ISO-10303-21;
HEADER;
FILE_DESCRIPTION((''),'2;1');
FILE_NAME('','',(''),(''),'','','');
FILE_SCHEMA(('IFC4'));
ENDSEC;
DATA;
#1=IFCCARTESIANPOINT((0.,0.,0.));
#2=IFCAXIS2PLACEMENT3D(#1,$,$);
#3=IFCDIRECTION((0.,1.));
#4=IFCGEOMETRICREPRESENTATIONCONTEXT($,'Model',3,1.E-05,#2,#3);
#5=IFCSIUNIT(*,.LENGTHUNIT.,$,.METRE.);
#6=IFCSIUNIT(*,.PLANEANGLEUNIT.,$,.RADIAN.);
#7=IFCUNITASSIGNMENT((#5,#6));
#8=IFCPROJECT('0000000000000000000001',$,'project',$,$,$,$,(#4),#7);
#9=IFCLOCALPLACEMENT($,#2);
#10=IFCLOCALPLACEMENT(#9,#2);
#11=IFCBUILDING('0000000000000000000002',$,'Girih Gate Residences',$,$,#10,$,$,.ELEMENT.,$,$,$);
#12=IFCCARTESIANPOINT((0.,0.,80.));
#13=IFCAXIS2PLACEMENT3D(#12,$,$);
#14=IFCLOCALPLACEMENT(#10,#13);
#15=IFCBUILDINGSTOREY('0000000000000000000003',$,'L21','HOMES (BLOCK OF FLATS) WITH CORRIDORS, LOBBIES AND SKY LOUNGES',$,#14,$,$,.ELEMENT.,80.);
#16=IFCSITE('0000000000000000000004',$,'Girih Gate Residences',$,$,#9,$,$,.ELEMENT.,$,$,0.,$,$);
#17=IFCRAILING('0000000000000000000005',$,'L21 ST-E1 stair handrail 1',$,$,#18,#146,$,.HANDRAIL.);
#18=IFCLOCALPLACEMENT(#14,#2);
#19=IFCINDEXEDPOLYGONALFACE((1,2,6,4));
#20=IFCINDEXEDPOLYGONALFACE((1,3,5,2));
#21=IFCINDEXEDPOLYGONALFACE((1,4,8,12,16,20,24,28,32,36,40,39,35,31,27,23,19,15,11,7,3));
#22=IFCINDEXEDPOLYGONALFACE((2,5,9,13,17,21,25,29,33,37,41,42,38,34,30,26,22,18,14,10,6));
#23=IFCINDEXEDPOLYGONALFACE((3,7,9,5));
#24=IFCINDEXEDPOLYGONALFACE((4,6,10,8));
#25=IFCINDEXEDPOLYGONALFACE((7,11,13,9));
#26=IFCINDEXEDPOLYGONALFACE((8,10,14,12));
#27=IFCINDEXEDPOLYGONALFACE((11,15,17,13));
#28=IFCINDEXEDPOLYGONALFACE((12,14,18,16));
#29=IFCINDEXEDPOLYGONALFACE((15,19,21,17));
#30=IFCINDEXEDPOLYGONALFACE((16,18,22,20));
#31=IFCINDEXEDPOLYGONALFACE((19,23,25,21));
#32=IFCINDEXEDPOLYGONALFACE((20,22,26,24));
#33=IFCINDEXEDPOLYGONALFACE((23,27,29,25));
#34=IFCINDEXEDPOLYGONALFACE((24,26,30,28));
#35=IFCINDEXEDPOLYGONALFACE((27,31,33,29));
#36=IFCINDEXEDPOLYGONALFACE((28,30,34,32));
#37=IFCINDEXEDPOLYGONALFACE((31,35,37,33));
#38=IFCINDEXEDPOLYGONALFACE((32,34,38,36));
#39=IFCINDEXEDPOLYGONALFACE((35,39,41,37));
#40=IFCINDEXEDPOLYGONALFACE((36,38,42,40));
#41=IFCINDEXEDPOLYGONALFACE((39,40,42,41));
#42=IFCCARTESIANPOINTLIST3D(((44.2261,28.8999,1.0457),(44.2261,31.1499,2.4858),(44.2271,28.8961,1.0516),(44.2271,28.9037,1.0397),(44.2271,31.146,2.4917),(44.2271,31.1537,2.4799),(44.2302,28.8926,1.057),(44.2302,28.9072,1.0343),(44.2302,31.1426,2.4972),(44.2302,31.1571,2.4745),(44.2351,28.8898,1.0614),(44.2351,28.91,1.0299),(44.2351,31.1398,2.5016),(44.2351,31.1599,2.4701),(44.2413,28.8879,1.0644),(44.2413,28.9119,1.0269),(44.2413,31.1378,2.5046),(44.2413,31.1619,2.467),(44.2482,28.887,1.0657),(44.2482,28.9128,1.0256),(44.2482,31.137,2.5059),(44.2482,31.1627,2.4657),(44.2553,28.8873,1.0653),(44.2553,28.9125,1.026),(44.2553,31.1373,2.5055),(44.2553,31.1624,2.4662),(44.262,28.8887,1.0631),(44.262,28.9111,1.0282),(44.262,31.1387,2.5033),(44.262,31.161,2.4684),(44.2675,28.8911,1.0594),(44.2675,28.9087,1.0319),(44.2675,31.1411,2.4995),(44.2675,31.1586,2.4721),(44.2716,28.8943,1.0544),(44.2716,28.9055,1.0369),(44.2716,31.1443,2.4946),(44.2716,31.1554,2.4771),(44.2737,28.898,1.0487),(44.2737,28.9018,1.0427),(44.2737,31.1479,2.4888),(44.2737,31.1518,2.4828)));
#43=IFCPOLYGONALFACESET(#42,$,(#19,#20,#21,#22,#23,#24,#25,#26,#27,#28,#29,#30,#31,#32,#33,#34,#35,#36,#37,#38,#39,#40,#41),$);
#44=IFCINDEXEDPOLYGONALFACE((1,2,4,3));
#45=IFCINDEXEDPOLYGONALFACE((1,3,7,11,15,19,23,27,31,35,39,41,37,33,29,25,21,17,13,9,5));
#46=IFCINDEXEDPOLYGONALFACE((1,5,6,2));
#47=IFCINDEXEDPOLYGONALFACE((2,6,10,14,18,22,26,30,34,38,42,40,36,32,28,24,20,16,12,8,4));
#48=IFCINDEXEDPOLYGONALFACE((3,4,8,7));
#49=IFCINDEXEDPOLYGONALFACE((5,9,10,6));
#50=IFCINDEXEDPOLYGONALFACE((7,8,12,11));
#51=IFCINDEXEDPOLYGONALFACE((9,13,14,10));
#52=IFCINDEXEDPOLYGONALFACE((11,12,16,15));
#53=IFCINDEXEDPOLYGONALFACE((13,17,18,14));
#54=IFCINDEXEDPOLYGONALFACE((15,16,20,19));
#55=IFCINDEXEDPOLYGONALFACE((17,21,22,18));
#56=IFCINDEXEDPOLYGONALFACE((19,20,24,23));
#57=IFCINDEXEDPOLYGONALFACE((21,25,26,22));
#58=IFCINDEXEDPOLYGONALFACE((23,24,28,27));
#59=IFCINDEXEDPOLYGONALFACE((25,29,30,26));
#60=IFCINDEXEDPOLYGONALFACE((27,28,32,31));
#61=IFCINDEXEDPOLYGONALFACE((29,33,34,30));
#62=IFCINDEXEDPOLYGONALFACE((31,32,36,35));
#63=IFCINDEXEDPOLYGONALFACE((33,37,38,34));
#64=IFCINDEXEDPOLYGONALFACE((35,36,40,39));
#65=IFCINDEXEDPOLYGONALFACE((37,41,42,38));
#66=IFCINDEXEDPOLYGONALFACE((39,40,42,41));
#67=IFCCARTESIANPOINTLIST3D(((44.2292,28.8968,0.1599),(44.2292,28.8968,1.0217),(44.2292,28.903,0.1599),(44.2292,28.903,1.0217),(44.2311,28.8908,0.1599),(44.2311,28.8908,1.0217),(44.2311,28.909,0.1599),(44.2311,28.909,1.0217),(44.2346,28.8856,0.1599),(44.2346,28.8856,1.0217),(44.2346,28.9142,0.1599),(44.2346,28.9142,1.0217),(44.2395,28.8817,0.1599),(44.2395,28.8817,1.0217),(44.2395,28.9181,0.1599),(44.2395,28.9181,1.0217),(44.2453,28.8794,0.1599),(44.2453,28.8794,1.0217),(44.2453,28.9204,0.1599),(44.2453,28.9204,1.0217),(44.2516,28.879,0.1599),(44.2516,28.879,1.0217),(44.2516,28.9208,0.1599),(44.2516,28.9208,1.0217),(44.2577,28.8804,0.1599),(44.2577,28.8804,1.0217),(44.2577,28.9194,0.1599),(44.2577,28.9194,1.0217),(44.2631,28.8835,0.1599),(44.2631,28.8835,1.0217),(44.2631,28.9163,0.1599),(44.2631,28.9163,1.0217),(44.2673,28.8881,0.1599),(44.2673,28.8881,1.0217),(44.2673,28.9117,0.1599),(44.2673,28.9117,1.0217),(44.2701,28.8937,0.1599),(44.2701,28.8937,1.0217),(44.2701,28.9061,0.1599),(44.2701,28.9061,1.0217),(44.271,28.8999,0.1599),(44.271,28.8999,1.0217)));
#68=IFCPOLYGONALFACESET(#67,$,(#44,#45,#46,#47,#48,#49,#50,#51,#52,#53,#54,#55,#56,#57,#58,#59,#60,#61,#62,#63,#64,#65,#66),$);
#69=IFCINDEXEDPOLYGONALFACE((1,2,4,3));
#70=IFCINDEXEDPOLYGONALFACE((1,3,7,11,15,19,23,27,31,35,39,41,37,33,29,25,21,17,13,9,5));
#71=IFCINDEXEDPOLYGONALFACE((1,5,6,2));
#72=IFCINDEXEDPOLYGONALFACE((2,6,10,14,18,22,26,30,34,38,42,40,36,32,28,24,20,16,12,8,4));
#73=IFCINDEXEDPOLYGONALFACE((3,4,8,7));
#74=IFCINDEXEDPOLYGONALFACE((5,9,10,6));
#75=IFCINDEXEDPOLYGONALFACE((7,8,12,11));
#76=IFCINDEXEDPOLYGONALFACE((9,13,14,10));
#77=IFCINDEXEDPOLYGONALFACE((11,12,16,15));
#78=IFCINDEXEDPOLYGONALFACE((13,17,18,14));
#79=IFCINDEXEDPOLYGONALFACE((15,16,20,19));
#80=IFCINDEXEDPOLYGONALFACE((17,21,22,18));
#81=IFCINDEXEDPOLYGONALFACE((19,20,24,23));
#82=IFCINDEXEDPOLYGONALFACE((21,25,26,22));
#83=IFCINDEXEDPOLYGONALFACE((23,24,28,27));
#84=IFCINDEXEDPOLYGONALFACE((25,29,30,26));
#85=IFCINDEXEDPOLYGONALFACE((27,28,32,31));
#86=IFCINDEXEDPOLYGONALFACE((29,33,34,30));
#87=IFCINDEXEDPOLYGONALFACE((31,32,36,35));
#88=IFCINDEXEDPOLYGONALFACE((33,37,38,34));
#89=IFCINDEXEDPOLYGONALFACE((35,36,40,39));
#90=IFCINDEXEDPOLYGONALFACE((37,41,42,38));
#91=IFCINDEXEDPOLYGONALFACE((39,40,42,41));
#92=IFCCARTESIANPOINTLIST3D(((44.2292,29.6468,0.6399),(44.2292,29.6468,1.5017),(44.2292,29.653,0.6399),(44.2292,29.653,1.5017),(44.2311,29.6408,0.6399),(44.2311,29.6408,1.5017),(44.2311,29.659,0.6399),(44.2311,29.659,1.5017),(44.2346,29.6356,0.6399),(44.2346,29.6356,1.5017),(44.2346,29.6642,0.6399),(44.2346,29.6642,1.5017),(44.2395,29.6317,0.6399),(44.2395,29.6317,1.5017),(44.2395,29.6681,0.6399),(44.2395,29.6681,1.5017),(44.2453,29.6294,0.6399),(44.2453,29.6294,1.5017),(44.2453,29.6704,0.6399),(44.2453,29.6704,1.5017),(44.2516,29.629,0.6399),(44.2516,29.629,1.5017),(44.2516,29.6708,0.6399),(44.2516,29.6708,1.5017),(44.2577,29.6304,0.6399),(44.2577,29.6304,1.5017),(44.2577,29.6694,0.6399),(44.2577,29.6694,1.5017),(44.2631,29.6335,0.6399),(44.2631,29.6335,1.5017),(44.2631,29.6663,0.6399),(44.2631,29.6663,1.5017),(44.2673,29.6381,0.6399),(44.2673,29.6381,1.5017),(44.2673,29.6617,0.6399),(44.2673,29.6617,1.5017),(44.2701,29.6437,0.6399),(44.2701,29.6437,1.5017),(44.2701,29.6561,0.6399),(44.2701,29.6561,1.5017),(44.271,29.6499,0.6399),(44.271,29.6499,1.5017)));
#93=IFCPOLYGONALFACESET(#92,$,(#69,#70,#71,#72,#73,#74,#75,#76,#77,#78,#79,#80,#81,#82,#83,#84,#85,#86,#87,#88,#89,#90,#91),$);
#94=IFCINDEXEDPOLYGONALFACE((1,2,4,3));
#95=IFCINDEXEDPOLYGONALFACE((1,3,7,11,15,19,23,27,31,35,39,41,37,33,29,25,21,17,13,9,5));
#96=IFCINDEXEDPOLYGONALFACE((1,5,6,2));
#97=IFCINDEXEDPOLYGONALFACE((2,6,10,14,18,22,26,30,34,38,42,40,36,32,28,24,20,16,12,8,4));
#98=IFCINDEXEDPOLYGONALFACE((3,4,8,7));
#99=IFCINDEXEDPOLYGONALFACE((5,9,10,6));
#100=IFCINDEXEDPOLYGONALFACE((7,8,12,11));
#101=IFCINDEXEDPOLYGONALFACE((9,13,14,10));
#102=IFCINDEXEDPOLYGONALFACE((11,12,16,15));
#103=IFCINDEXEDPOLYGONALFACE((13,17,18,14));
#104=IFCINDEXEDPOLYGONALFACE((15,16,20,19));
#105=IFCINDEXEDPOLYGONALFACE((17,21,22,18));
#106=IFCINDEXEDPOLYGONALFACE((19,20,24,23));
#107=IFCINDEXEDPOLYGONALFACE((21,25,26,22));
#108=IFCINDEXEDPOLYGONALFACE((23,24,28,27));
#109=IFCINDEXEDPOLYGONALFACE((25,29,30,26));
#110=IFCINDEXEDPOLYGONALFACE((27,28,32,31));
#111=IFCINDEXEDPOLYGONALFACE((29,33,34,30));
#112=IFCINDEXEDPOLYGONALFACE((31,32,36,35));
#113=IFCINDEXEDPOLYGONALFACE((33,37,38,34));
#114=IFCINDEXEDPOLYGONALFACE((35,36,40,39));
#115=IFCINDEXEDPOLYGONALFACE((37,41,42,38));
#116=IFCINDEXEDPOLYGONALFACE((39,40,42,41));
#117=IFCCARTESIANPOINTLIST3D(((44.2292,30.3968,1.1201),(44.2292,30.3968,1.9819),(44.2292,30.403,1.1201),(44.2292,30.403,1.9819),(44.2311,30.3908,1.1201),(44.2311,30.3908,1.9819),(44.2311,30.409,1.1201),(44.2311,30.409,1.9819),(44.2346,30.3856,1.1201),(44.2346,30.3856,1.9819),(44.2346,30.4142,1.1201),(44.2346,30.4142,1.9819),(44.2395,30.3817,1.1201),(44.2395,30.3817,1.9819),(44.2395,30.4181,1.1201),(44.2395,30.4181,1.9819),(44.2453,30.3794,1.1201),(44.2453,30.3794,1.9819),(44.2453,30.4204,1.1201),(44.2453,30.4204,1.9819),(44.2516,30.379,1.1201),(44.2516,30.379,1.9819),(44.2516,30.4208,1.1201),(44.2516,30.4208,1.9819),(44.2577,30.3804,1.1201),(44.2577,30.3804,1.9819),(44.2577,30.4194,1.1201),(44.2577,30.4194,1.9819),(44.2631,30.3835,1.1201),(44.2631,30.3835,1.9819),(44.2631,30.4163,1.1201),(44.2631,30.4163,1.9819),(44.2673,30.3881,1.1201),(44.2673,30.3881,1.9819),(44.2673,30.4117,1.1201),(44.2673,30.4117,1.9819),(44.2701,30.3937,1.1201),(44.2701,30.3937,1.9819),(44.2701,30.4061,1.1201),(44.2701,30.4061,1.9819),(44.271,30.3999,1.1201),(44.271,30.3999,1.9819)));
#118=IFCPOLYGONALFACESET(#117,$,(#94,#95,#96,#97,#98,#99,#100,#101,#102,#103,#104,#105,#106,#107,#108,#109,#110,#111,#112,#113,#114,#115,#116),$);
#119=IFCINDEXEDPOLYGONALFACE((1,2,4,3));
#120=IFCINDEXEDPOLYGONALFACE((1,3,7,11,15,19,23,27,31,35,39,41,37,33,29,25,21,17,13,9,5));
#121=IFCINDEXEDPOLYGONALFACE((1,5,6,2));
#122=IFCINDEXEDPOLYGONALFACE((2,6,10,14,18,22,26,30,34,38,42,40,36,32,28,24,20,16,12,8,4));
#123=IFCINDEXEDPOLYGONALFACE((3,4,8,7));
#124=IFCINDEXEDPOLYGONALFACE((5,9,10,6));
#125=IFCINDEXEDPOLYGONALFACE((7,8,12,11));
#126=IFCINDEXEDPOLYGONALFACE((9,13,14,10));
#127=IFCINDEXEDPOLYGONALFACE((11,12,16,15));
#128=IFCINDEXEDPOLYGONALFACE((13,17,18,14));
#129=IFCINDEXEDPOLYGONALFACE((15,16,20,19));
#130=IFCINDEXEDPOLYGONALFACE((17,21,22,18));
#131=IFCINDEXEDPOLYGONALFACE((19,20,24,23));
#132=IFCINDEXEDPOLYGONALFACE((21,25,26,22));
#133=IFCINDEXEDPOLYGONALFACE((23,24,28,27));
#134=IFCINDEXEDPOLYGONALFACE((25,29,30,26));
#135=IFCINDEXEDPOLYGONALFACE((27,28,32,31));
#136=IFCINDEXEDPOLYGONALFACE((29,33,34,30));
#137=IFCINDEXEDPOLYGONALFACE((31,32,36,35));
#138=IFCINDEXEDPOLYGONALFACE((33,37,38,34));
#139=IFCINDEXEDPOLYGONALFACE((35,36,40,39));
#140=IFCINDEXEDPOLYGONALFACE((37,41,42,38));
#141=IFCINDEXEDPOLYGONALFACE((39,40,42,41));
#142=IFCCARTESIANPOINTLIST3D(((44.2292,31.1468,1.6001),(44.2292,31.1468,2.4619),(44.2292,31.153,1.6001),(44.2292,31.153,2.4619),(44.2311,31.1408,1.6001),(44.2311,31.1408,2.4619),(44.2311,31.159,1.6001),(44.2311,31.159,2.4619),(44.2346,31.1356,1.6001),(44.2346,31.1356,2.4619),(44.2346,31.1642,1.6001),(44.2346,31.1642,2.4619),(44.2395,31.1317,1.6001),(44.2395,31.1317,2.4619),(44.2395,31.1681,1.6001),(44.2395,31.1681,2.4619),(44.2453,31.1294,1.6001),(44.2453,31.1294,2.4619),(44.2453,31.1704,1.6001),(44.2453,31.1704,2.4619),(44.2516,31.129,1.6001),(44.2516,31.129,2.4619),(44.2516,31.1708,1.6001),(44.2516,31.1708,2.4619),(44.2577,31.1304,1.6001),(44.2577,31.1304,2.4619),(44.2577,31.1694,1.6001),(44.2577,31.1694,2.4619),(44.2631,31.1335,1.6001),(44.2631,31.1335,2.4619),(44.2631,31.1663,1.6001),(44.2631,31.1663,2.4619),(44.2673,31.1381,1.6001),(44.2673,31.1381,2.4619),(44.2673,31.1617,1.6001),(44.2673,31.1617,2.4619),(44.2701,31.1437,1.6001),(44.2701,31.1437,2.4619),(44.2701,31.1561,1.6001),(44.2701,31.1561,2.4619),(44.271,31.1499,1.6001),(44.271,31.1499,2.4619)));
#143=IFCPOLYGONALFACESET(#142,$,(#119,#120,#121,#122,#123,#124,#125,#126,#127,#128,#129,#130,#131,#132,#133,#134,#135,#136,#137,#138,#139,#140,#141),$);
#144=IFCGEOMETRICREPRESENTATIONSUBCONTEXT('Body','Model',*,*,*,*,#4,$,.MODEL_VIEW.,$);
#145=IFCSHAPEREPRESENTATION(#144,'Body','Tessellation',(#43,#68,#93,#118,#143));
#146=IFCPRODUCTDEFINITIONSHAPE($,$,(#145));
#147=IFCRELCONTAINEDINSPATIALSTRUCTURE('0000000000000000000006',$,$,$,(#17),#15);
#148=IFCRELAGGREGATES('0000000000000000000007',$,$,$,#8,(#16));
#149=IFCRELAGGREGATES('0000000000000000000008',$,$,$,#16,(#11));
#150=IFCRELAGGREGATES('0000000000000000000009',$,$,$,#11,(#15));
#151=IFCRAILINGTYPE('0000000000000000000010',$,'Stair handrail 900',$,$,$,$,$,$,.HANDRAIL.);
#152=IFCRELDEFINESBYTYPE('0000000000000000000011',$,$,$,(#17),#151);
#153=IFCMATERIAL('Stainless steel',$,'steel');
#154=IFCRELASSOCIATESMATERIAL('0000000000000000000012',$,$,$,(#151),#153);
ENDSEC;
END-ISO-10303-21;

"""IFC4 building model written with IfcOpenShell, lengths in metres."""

from ifc_helpers import new_model, si_unit, direction, frame, origin, origin_2d, place, context, subcontext, project, spatial, circle, extrude, material, type_object, element, save


model = new_model("IFC4")

# Units and contexts
model_context = context("Model", 3, precision=1e-05, world=origin(), true_north=direction((0.0, 1.0)))
body_context = subcontext(model_context, "Body", "Model", "MODEL_VIEW")
ifc_project = project(units=[si_unit("LENGTHUNIT", "METRE"), si_unit("PLANEANGLEUNIT", "RADIAN")], contexts=[model_context])

# Site, building, storey
site_placement = place(None, origin())
site = spatial("IfcSite", under=ifc_project, at=site_placement, Name="Girih Gate Residences", CompositionType="ELEMENT", RefElevation=0.0)
building_placement = place(site_placement, origin())
building = spatial("IfcBuilding", under=site, at=building_placement, Name="Girih Gate Residences", CompositionType="ELEMENT")
storey_placement = place(building_placement, frame((0.0, 0.0, 80.0)))
storey = spatial("IfcBuildingStorey", under=building, at=storey_placement, Name="L21", Description="HOMES (BLOCK OF FLATS) WITH CORRIDORS, LOBBIES AND SKY LOUNGES", CompositionType="ELEMENT", Elevation=80.0)

# Railing
ifc_material_1 = material(Name="Stainless steel", Category="steel")
railing_type_1 = type_object("IfcRailingType", Name="Stair handrail 900", PredefinedType="HANDRAIL", material=ifc_material_1)
railing_1_placement = place(storey_placement, frame((44.25, 28.8999, 0.1599)))
element("IfcRailing", 1, at=railing_1_placement, inside=storey, type_object=railing_type_1, Name="L21 ST-E1 stair handrail 1", PredefinedType="HANDRAIL", context=body_context, shape_type="SweptSolid", body=[
    extrude(circle(Radius=0.0239, at=origin_2d()), frame((0.0, 0.0, 0.8857), z_axis=(0.0, 0.84224, 0.539103), x_axis=(-1.0, 0.0, 0.0)), (0.0, 0.0, 1.0), 2.6714),
    extrude(circle(Radius=0.021, at=origin_2d()), origin(), (0.0, 0.0, 1.0), 0.8618),
    extrude(circle(Radius=0.021, at=origin_2d()), frame((0.0, 0.75, 0.48)), (0.0, 0.0, 1.0), 0.8618),
    extrude(circle(Radius=0.021, at=origin_2d()), frame((0.0, 1.5, 0.9602)), (0.0, 0.0, 1.0), 0.8618),
    extrude(circle(Radius=0.021, at=origin_2d()), frame((0.0, 2.25, 1.4402)), (0.0, 0.0, 1.0), 0.8618),
])

save(model, "model.ifc")
